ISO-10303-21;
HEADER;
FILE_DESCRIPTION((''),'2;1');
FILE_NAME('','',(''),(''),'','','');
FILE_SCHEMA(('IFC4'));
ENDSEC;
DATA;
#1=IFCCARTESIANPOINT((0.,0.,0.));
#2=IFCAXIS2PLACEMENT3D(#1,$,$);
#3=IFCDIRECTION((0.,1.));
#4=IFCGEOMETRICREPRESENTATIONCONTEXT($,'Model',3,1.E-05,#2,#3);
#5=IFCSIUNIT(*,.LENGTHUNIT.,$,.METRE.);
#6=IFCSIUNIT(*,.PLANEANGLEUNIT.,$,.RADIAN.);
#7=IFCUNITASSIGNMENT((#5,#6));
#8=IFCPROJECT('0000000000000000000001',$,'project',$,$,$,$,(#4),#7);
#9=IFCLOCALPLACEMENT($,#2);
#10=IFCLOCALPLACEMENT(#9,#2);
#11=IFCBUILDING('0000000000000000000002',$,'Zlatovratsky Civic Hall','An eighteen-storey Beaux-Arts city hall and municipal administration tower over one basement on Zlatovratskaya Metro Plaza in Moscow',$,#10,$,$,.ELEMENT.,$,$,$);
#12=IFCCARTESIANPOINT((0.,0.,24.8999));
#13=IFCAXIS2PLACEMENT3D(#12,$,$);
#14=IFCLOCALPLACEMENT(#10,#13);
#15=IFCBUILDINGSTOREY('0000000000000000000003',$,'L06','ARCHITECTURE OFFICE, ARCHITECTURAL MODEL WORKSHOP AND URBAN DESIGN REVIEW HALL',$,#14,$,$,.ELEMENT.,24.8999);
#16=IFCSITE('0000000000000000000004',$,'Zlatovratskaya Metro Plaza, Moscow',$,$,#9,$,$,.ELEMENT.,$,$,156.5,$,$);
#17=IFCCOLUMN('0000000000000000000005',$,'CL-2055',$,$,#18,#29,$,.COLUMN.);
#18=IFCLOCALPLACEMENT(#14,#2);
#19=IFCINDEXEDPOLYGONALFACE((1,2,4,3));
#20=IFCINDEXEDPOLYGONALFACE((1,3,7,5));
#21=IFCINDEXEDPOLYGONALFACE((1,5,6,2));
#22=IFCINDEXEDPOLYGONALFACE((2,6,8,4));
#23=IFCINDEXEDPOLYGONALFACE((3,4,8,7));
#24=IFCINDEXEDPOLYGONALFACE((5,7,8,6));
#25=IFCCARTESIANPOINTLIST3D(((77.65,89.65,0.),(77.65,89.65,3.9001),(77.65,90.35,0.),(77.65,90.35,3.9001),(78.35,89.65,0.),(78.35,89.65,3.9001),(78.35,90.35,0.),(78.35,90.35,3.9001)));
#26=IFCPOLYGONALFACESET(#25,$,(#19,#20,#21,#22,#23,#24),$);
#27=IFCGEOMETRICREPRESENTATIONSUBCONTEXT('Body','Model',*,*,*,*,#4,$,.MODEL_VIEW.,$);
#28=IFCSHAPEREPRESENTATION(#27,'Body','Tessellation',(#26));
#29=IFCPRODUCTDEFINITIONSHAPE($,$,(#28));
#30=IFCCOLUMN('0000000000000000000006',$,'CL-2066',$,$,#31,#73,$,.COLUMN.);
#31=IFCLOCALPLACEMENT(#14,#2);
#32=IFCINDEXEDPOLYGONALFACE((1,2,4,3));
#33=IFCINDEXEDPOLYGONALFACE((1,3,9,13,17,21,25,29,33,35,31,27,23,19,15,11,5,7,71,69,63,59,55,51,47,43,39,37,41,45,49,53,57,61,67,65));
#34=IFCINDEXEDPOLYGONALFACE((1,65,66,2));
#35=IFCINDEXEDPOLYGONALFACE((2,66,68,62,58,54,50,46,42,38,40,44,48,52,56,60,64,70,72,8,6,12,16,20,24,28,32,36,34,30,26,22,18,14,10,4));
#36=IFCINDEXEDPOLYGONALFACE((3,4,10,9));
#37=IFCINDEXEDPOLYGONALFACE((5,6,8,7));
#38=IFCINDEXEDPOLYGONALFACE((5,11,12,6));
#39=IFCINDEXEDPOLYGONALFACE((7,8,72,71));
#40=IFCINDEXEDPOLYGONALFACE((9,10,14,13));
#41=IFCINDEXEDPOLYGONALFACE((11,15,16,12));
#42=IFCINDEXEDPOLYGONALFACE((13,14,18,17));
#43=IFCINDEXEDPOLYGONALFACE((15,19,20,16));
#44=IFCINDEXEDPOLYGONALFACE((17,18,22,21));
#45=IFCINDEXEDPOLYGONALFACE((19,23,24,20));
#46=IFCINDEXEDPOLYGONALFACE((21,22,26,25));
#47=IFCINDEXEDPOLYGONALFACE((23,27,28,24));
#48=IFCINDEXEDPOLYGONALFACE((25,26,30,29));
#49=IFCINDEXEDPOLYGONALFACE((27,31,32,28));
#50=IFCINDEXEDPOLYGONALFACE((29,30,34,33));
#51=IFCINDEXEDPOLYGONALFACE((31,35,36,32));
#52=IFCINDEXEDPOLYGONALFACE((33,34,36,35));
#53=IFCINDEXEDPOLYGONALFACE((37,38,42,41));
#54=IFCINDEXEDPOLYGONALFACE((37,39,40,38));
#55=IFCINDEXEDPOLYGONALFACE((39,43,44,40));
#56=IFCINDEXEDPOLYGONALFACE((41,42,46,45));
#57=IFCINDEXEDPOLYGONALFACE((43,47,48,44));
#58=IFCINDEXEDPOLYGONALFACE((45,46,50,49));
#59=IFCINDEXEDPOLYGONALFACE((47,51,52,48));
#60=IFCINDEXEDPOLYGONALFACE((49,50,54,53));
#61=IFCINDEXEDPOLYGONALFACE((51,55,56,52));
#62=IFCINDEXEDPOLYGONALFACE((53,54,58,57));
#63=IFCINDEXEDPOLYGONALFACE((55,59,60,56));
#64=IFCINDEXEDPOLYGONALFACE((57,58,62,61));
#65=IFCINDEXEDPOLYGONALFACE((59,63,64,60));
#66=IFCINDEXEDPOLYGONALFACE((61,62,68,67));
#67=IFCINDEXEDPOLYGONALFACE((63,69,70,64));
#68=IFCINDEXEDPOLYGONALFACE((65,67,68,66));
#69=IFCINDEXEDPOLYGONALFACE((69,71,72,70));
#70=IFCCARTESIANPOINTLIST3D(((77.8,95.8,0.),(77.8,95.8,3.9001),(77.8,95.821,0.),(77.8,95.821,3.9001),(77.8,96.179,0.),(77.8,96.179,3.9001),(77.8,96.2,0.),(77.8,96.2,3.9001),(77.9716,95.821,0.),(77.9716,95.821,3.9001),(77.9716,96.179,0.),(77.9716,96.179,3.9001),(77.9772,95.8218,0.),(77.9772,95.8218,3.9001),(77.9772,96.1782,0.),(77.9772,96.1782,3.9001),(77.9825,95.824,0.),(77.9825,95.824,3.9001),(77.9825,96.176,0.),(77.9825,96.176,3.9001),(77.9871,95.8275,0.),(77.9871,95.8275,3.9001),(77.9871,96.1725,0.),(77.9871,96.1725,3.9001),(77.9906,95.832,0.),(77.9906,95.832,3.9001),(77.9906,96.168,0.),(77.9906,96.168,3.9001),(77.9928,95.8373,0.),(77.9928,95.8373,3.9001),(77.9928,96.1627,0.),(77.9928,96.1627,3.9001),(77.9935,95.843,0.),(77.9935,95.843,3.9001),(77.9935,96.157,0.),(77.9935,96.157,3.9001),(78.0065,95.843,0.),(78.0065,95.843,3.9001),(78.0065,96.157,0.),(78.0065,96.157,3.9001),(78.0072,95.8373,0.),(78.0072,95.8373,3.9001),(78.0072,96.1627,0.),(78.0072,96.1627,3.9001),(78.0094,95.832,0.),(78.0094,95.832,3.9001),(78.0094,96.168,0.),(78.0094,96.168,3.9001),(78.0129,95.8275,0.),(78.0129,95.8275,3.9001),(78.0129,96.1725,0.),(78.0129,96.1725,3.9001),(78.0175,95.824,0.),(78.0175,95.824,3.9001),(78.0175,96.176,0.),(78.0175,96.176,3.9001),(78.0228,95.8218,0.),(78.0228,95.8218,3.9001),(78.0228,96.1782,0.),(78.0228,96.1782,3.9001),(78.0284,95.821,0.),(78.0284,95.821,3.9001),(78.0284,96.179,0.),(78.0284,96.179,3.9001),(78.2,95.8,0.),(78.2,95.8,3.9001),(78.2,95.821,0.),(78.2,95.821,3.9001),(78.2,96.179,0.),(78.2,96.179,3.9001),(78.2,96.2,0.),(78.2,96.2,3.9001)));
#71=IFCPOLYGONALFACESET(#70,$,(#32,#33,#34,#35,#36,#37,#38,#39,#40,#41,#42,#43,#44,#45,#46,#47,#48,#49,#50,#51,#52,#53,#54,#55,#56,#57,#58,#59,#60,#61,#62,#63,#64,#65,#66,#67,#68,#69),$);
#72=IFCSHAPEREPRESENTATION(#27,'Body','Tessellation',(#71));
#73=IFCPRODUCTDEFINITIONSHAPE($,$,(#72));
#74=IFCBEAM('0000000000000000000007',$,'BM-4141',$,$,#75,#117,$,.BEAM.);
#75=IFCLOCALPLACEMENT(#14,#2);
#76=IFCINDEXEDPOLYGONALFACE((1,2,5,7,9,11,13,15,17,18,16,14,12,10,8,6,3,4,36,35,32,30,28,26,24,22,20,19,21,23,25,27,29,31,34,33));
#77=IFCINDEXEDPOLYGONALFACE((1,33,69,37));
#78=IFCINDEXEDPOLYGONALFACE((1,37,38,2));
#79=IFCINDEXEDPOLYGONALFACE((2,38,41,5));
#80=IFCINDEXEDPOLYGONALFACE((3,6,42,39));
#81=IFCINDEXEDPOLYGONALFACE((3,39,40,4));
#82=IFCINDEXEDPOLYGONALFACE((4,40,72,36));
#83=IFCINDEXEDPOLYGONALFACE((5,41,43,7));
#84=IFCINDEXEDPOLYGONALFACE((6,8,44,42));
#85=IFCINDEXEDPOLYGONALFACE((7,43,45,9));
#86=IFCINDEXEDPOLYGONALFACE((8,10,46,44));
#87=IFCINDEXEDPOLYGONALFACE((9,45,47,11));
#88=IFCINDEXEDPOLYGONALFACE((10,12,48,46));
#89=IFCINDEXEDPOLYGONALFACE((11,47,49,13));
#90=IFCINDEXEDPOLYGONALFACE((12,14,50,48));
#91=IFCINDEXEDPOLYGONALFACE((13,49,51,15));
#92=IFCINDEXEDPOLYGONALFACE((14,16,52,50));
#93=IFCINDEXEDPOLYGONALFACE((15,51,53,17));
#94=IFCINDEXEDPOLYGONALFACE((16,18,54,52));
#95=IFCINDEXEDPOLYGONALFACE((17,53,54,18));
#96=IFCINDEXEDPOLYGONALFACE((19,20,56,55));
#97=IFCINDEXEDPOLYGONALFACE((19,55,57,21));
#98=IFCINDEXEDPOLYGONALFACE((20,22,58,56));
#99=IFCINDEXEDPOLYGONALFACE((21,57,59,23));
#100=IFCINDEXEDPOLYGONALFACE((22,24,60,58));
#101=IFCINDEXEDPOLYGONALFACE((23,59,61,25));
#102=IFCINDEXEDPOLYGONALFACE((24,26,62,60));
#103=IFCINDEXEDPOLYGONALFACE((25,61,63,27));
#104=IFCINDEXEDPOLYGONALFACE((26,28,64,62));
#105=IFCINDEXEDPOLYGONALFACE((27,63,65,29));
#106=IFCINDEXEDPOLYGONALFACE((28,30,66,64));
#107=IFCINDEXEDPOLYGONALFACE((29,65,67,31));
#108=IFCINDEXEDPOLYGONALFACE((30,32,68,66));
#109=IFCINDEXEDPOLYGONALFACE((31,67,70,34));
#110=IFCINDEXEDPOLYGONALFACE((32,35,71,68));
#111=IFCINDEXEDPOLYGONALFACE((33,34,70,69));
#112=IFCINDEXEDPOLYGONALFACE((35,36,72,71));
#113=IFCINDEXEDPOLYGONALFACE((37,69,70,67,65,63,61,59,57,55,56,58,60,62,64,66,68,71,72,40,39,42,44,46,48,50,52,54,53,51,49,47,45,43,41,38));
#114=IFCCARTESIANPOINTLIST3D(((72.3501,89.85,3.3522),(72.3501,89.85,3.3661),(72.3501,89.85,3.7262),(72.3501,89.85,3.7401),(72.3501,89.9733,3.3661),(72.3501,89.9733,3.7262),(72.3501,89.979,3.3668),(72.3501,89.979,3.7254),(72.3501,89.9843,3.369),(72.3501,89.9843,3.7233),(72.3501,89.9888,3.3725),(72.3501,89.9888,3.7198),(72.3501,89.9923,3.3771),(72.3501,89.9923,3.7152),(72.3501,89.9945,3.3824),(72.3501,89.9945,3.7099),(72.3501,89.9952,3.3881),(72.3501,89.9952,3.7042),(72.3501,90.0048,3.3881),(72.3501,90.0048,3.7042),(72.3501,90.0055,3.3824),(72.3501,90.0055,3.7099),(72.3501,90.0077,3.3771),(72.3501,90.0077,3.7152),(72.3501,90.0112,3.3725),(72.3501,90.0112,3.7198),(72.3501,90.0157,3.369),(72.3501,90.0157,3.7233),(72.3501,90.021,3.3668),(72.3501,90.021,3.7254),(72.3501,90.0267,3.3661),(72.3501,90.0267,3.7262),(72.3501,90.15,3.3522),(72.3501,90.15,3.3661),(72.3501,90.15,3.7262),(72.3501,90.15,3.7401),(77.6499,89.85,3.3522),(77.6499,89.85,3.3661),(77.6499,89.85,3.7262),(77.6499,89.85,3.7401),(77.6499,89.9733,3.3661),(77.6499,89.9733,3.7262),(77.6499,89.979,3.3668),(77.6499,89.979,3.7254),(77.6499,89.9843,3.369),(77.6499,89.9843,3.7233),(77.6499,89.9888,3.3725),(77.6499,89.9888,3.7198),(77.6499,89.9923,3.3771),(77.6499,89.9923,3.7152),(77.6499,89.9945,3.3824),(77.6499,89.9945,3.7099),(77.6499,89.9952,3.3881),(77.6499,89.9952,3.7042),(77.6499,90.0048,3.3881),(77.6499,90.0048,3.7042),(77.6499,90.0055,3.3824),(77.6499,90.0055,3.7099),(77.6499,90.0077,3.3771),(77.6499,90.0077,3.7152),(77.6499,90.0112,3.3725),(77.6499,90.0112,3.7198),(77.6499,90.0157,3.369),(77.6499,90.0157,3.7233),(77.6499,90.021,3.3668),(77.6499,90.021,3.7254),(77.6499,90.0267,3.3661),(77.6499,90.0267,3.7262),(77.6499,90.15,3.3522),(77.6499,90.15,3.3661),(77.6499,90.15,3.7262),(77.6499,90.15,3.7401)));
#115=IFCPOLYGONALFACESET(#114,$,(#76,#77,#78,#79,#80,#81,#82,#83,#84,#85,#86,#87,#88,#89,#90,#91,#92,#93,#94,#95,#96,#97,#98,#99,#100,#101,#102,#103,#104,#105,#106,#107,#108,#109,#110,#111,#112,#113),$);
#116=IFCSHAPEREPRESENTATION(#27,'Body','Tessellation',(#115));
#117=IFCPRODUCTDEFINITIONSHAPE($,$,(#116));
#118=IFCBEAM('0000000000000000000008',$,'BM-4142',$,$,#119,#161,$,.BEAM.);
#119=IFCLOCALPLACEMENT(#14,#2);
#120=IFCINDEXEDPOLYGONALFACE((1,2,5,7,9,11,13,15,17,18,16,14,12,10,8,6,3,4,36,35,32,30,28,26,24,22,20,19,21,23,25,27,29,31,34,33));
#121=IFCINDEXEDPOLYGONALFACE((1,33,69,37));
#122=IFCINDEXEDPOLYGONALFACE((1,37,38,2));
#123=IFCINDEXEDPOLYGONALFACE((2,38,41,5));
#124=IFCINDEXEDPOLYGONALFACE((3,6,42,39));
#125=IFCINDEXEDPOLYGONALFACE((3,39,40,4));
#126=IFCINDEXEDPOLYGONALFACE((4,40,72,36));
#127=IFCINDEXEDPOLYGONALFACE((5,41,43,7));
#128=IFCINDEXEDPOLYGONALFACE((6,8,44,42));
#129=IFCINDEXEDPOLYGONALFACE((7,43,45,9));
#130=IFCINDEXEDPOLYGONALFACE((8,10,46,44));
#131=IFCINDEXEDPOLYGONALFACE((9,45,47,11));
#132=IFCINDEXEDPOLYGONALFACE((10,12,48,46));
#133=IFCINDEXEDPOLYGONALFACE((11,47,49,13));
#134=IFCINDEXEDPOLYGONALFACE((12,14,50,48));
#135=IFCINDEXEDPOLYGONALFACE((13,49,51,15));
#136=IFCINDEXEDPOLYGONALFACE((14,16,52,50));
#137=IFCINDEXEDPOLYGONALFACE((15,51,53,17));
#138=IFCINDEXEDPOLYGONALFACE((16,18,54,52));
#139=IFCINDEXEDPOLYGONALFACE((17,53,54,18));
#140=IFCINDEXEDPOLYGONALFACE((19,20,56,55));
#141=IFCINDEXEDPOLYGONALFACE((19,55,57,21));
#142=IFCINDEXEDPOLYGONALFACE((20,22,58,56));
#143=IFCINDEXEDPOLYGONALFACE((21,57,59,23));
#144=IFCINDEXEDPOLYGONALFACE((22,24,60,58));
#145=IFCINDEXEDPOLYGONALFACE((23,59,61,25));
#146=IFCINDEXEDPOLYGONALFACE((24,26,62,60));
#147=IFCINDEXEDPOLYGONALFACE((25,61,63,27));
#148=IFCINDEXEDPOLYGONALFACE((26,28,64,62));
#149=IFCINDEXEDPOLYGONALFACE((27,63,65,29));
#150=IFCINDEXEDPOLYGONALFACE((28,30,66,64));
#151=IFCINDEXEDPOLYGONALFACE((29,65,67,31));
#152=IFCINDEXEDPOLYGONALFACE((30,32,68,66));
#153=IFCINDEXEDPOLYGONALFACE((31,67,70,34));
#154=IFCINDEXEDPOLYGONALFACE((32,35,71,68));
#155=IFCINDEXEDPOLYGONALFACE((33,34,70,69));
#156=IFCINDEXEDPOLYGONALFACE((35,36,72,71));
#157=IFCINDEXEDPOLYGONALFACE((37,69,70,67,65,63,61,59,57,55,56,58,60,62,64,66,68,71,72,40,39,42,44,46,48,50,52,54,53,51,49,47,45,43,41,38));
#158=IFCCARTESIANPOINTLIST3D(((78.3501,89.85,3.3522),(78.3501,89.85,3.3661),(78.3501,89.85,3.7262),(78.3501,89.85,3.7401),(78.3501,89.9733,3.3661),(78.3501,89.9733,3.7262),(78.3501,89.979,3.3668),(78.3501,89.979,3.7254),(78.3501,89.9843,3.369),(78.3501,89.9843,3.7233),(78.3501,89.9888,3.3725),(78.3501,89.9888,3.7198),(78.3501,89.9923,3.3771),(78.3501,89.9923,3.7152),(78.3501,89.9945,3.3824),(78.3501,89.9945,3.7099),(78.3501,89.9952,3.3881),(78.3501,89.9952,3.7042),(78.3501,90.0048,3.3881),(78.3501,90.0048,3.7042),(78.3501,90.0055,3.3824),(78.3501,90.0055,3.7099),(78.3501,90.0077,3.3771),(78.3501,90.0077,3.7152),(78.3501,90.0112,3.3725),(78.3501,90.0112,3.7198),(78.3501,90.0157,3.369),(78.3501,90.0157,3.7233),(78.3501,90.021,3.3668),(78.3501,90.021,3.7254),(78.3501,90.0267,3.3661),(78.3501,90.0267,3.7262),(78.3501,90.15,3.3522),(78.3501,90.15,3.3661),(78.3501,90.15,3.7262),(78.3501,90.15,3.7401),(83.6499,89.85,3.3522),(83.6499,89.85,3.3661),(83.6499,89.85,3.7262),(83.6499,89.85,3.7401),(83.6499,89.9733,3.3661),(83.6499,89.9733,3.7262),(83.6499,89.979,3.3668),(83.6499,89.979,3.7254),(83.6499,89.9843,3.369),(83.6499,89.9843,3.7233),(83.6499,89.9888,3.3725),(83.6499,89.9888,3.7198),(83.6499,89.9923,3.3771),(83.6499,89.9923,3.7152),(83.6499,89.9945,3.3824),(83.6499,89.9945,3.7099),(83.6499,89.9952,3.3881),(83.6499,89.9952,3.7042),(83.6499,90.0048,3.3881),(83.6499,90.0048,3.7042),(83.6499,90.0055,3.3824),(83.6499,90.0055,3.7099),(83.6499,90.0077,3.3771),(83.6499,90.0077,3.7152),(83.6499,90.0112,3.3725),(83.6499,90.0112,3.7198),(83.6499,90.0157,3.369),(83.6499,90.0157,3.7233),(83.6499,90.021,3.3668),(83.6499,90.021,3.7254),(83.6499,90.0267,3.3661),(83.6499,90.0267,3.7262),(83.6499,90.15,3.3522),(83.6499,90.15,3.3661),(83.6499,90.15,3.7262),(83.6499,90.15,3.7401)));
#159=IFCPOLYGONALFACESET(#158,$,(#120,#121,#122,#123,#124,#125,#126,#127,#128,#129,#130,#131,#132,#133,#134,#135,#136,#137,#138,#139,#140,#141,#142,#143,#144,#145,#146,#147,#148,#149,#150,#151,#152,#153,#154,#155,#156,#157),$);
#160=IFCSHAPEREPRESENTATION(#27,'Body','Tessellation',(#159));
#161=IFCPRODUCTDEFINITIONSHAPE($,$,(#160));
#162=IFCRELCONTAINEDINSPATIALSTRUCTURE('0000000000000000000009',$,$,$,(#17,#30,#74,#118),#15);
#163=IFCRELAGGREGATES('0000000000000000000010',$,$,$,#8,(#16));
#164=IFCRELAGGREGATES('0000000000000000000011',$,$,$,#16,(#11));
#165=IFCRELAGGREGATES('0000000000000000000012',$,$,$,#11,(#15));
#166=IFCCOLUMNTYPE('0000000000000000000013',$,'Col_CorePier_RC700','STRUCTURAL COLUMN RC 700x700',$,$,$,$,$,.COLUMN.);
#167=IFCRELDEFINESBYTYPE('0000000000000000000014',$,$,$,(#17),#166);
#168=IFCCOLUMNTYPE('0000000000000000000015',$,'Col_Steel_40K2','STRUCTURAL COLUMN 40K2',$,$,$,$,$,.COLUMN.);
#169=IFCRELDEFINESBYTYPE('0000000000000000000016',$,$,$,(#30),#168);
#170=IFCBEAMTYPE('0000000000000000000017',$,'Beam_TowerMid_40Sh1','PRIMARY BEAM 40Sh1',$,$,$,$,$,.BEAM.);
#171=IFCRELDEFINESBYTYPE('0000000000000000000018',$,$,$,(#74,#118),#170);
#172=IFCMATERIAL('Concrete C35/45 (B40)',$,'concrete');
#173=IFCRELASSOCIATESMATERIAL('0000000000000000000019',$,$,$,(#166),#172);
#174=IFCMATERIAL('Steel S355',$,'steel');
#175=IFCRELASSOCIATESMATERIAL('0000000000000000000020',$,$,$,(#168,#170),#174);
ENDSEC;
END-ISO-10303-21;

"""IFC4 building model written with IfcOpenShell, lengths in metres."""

from ifc_helpers import new_model, si_unit, direction, frame, origin, origin_2d, place, context, subcontext, project, spatial, rectangle, i_section, extrude, material, material_profile, profile_set, type_object, element, save


model = new_model("IFC4")

# Units and contexts
model_context = context("Model", 3, precision=1e-05, world=origin(), true_north=direction((0.0, 1.0)))
body_context = subcontext(model_context, "Body", "Model", "MODEL_VIEW")
ifc_project = project(units=[si_unit("LENGTHUNIT", "METRE"), si_unit("PLANEANGLEUNIT", "RADIAN")], contexts=[model_context])

# Site, building, storey
site_placement = place(None, origin())
site = spatial("IfcSite", under=ifc_project, at=site_placement, Name="Zlatovratskaya Metro Plaza, Moscow", CompositionType="ELEMENT", RefElevation=156.5)
building_placement = place(site_placement, origin())
building = spatial("IfcBuilding", under=site, at=building_placement, Name="Zlatovratsky Civic Hall", Description="An eighteen-storey Beaux-Arts city hall and municipal administration tower over one basement on Zlatovratskaya Metro Plaza in Moscow", CompositionType="ELEMENT")
storey_placement = place(building_placement, frame((0.0, 0.0, 24.8999)))
storey = spatial("IfcBuildingStorey", under=building, at=storey_placement, Name="L06", Description="ARCHITECTURE OFFICE, ARCHITECTURAL MODEL WORKSHOP AND URBAN DESIGN REVIEW HALL", CompositionType="ELEMENT", Elevation=24.8999)

# Columns
ifc_material_1 = material(Name="Concrete C35/45 (B40)", Category="concrete")
ifc_material_profile_1 = material_profile(ifc_material_1, rectangle(XDim=0.7, YDim=0.7, at=origin_2d()), Name="RC 700x700")
ifc_profile_set_1 = profile_set([ifc_material_profile_1], Name="Concrete C35/45 (B40)")
column_type_1 = type_object("IfcColumnType", Name="Col_CorePier_RC700", Description="STRUCTURAL COLUMN RC 700x700", PredefinedType="COLUMN", material=ifc_profile_set_1)
column_1_placement = place(storey_placement, frame((78.0, 90.0, 0.0), z_axis=(0.0, 0.0, 1.0), x_axis=(1.0, 0.0, 0.0)))
element("IfcColumn", 1, at=column_1_placement, inside=storey, type_object=column_type_1, Name="CL-2055", PredefinedType="COLUMN", context=body_context, shape_type="SweptSolid", body=[
    extrude(rectangle(XDim=0.7, YDim=0.7, at=origin_2d()), origin(), (0.0, 0.0, 1.0), 3.9001),
])
ifc_material_2 = material(Name="Steel S355", Category="steel")
ifc_material_profile_2 = material_profile(ifc_material_2, i_section(OverallWidth=0.3999, OverallDepth=0.3999, WebThickness=0.0129, FlangeThickness=0.021, FilletRadius=0.022, at=origin_2d()), Name="40K2")
ifc_profile_set_2 = profile_set([ifc_material_profile_2], Name="Steel S355")
column_type_2 = type_object("IfcColumnType", Name="Col_Steel_40K2", Description="STRUCTURAL COLUMN 40K2", PredefinedType="COLUMN", material=ifc_profile_set_2)
column_2_placement = place(storey_placement, frame((78.0, 96.0, 0.0), z_axis=(0.0, 0.0, 1.0), x_axis=(1.0, 0.0, 0.0)))
element("IfcColumn", 2, at=column_2_placement, inside=storey, type_object=column_type_2, Name="CL-2066", PredefinedType="COLUMN", context=body_context, shape_type="SweptSolid", body=[
    extrude(i_section(OverallWidth=0.3999, OverallDepth=0.3999, WebThickness=0.0129, FlangeThickness=0.021, FilletRadius=0.022, at=origin_2d()), origin(), (0.0, 0.0, 1.0), 3.9001),
])

# Beams
ifc_material_profile_3 = material_profile(ifc_material_2, i_section(OverallWidth=0.3, OverallDepth=0.3879, WebThickness=0.0095, FlangeThickness=0.0139, FilletRadius=0.022, at=origin_2d()), Name="40Sh1")
ifc_profile_set_3 = profile_set([ifc_material_profile_3], Name="Steel S355")
beam_type_1 = type_object("IfcBeamType", Name="Beam_TowerMid_40Sh1", Description="PRIMARY BEAM 40Sh1", PredefinedType="BEAM", material=ifc_profile_set_3)
for number, where, z_axis, x_axis, name in (
    (3, (72.3501, 90.0, 3.5461), (1.0, 0.0, 0.0), (0.0, 1.0, 0.0), "BM-4141"),
    (4, (78.3501, 90.0, 3.5461), (1.0, 0.0, 0.0), (0.0, 1.0, 0.0), "BM-4142"),
):
    element("IfcBeam", number, at=place(storey_placement, frame(where, z_axis=z_axis, x_axis=x_axis)), inside=storey, type_object=beam_type_1, Name=name, PredefinedType="BEAM", context=body_context, shape_type="SweptSolid", body=[
        extrude(i_section(OverallWidth=0.3, OverallDepth=0.3879, WebThickness=0.0095, FlangeThickness=0.0139, FilletRadius=0.022, at=origin_2d()), origin(), (0.0, 0.0, 1.0), 5.2998),
    ])

save(model, "model.ifc")
